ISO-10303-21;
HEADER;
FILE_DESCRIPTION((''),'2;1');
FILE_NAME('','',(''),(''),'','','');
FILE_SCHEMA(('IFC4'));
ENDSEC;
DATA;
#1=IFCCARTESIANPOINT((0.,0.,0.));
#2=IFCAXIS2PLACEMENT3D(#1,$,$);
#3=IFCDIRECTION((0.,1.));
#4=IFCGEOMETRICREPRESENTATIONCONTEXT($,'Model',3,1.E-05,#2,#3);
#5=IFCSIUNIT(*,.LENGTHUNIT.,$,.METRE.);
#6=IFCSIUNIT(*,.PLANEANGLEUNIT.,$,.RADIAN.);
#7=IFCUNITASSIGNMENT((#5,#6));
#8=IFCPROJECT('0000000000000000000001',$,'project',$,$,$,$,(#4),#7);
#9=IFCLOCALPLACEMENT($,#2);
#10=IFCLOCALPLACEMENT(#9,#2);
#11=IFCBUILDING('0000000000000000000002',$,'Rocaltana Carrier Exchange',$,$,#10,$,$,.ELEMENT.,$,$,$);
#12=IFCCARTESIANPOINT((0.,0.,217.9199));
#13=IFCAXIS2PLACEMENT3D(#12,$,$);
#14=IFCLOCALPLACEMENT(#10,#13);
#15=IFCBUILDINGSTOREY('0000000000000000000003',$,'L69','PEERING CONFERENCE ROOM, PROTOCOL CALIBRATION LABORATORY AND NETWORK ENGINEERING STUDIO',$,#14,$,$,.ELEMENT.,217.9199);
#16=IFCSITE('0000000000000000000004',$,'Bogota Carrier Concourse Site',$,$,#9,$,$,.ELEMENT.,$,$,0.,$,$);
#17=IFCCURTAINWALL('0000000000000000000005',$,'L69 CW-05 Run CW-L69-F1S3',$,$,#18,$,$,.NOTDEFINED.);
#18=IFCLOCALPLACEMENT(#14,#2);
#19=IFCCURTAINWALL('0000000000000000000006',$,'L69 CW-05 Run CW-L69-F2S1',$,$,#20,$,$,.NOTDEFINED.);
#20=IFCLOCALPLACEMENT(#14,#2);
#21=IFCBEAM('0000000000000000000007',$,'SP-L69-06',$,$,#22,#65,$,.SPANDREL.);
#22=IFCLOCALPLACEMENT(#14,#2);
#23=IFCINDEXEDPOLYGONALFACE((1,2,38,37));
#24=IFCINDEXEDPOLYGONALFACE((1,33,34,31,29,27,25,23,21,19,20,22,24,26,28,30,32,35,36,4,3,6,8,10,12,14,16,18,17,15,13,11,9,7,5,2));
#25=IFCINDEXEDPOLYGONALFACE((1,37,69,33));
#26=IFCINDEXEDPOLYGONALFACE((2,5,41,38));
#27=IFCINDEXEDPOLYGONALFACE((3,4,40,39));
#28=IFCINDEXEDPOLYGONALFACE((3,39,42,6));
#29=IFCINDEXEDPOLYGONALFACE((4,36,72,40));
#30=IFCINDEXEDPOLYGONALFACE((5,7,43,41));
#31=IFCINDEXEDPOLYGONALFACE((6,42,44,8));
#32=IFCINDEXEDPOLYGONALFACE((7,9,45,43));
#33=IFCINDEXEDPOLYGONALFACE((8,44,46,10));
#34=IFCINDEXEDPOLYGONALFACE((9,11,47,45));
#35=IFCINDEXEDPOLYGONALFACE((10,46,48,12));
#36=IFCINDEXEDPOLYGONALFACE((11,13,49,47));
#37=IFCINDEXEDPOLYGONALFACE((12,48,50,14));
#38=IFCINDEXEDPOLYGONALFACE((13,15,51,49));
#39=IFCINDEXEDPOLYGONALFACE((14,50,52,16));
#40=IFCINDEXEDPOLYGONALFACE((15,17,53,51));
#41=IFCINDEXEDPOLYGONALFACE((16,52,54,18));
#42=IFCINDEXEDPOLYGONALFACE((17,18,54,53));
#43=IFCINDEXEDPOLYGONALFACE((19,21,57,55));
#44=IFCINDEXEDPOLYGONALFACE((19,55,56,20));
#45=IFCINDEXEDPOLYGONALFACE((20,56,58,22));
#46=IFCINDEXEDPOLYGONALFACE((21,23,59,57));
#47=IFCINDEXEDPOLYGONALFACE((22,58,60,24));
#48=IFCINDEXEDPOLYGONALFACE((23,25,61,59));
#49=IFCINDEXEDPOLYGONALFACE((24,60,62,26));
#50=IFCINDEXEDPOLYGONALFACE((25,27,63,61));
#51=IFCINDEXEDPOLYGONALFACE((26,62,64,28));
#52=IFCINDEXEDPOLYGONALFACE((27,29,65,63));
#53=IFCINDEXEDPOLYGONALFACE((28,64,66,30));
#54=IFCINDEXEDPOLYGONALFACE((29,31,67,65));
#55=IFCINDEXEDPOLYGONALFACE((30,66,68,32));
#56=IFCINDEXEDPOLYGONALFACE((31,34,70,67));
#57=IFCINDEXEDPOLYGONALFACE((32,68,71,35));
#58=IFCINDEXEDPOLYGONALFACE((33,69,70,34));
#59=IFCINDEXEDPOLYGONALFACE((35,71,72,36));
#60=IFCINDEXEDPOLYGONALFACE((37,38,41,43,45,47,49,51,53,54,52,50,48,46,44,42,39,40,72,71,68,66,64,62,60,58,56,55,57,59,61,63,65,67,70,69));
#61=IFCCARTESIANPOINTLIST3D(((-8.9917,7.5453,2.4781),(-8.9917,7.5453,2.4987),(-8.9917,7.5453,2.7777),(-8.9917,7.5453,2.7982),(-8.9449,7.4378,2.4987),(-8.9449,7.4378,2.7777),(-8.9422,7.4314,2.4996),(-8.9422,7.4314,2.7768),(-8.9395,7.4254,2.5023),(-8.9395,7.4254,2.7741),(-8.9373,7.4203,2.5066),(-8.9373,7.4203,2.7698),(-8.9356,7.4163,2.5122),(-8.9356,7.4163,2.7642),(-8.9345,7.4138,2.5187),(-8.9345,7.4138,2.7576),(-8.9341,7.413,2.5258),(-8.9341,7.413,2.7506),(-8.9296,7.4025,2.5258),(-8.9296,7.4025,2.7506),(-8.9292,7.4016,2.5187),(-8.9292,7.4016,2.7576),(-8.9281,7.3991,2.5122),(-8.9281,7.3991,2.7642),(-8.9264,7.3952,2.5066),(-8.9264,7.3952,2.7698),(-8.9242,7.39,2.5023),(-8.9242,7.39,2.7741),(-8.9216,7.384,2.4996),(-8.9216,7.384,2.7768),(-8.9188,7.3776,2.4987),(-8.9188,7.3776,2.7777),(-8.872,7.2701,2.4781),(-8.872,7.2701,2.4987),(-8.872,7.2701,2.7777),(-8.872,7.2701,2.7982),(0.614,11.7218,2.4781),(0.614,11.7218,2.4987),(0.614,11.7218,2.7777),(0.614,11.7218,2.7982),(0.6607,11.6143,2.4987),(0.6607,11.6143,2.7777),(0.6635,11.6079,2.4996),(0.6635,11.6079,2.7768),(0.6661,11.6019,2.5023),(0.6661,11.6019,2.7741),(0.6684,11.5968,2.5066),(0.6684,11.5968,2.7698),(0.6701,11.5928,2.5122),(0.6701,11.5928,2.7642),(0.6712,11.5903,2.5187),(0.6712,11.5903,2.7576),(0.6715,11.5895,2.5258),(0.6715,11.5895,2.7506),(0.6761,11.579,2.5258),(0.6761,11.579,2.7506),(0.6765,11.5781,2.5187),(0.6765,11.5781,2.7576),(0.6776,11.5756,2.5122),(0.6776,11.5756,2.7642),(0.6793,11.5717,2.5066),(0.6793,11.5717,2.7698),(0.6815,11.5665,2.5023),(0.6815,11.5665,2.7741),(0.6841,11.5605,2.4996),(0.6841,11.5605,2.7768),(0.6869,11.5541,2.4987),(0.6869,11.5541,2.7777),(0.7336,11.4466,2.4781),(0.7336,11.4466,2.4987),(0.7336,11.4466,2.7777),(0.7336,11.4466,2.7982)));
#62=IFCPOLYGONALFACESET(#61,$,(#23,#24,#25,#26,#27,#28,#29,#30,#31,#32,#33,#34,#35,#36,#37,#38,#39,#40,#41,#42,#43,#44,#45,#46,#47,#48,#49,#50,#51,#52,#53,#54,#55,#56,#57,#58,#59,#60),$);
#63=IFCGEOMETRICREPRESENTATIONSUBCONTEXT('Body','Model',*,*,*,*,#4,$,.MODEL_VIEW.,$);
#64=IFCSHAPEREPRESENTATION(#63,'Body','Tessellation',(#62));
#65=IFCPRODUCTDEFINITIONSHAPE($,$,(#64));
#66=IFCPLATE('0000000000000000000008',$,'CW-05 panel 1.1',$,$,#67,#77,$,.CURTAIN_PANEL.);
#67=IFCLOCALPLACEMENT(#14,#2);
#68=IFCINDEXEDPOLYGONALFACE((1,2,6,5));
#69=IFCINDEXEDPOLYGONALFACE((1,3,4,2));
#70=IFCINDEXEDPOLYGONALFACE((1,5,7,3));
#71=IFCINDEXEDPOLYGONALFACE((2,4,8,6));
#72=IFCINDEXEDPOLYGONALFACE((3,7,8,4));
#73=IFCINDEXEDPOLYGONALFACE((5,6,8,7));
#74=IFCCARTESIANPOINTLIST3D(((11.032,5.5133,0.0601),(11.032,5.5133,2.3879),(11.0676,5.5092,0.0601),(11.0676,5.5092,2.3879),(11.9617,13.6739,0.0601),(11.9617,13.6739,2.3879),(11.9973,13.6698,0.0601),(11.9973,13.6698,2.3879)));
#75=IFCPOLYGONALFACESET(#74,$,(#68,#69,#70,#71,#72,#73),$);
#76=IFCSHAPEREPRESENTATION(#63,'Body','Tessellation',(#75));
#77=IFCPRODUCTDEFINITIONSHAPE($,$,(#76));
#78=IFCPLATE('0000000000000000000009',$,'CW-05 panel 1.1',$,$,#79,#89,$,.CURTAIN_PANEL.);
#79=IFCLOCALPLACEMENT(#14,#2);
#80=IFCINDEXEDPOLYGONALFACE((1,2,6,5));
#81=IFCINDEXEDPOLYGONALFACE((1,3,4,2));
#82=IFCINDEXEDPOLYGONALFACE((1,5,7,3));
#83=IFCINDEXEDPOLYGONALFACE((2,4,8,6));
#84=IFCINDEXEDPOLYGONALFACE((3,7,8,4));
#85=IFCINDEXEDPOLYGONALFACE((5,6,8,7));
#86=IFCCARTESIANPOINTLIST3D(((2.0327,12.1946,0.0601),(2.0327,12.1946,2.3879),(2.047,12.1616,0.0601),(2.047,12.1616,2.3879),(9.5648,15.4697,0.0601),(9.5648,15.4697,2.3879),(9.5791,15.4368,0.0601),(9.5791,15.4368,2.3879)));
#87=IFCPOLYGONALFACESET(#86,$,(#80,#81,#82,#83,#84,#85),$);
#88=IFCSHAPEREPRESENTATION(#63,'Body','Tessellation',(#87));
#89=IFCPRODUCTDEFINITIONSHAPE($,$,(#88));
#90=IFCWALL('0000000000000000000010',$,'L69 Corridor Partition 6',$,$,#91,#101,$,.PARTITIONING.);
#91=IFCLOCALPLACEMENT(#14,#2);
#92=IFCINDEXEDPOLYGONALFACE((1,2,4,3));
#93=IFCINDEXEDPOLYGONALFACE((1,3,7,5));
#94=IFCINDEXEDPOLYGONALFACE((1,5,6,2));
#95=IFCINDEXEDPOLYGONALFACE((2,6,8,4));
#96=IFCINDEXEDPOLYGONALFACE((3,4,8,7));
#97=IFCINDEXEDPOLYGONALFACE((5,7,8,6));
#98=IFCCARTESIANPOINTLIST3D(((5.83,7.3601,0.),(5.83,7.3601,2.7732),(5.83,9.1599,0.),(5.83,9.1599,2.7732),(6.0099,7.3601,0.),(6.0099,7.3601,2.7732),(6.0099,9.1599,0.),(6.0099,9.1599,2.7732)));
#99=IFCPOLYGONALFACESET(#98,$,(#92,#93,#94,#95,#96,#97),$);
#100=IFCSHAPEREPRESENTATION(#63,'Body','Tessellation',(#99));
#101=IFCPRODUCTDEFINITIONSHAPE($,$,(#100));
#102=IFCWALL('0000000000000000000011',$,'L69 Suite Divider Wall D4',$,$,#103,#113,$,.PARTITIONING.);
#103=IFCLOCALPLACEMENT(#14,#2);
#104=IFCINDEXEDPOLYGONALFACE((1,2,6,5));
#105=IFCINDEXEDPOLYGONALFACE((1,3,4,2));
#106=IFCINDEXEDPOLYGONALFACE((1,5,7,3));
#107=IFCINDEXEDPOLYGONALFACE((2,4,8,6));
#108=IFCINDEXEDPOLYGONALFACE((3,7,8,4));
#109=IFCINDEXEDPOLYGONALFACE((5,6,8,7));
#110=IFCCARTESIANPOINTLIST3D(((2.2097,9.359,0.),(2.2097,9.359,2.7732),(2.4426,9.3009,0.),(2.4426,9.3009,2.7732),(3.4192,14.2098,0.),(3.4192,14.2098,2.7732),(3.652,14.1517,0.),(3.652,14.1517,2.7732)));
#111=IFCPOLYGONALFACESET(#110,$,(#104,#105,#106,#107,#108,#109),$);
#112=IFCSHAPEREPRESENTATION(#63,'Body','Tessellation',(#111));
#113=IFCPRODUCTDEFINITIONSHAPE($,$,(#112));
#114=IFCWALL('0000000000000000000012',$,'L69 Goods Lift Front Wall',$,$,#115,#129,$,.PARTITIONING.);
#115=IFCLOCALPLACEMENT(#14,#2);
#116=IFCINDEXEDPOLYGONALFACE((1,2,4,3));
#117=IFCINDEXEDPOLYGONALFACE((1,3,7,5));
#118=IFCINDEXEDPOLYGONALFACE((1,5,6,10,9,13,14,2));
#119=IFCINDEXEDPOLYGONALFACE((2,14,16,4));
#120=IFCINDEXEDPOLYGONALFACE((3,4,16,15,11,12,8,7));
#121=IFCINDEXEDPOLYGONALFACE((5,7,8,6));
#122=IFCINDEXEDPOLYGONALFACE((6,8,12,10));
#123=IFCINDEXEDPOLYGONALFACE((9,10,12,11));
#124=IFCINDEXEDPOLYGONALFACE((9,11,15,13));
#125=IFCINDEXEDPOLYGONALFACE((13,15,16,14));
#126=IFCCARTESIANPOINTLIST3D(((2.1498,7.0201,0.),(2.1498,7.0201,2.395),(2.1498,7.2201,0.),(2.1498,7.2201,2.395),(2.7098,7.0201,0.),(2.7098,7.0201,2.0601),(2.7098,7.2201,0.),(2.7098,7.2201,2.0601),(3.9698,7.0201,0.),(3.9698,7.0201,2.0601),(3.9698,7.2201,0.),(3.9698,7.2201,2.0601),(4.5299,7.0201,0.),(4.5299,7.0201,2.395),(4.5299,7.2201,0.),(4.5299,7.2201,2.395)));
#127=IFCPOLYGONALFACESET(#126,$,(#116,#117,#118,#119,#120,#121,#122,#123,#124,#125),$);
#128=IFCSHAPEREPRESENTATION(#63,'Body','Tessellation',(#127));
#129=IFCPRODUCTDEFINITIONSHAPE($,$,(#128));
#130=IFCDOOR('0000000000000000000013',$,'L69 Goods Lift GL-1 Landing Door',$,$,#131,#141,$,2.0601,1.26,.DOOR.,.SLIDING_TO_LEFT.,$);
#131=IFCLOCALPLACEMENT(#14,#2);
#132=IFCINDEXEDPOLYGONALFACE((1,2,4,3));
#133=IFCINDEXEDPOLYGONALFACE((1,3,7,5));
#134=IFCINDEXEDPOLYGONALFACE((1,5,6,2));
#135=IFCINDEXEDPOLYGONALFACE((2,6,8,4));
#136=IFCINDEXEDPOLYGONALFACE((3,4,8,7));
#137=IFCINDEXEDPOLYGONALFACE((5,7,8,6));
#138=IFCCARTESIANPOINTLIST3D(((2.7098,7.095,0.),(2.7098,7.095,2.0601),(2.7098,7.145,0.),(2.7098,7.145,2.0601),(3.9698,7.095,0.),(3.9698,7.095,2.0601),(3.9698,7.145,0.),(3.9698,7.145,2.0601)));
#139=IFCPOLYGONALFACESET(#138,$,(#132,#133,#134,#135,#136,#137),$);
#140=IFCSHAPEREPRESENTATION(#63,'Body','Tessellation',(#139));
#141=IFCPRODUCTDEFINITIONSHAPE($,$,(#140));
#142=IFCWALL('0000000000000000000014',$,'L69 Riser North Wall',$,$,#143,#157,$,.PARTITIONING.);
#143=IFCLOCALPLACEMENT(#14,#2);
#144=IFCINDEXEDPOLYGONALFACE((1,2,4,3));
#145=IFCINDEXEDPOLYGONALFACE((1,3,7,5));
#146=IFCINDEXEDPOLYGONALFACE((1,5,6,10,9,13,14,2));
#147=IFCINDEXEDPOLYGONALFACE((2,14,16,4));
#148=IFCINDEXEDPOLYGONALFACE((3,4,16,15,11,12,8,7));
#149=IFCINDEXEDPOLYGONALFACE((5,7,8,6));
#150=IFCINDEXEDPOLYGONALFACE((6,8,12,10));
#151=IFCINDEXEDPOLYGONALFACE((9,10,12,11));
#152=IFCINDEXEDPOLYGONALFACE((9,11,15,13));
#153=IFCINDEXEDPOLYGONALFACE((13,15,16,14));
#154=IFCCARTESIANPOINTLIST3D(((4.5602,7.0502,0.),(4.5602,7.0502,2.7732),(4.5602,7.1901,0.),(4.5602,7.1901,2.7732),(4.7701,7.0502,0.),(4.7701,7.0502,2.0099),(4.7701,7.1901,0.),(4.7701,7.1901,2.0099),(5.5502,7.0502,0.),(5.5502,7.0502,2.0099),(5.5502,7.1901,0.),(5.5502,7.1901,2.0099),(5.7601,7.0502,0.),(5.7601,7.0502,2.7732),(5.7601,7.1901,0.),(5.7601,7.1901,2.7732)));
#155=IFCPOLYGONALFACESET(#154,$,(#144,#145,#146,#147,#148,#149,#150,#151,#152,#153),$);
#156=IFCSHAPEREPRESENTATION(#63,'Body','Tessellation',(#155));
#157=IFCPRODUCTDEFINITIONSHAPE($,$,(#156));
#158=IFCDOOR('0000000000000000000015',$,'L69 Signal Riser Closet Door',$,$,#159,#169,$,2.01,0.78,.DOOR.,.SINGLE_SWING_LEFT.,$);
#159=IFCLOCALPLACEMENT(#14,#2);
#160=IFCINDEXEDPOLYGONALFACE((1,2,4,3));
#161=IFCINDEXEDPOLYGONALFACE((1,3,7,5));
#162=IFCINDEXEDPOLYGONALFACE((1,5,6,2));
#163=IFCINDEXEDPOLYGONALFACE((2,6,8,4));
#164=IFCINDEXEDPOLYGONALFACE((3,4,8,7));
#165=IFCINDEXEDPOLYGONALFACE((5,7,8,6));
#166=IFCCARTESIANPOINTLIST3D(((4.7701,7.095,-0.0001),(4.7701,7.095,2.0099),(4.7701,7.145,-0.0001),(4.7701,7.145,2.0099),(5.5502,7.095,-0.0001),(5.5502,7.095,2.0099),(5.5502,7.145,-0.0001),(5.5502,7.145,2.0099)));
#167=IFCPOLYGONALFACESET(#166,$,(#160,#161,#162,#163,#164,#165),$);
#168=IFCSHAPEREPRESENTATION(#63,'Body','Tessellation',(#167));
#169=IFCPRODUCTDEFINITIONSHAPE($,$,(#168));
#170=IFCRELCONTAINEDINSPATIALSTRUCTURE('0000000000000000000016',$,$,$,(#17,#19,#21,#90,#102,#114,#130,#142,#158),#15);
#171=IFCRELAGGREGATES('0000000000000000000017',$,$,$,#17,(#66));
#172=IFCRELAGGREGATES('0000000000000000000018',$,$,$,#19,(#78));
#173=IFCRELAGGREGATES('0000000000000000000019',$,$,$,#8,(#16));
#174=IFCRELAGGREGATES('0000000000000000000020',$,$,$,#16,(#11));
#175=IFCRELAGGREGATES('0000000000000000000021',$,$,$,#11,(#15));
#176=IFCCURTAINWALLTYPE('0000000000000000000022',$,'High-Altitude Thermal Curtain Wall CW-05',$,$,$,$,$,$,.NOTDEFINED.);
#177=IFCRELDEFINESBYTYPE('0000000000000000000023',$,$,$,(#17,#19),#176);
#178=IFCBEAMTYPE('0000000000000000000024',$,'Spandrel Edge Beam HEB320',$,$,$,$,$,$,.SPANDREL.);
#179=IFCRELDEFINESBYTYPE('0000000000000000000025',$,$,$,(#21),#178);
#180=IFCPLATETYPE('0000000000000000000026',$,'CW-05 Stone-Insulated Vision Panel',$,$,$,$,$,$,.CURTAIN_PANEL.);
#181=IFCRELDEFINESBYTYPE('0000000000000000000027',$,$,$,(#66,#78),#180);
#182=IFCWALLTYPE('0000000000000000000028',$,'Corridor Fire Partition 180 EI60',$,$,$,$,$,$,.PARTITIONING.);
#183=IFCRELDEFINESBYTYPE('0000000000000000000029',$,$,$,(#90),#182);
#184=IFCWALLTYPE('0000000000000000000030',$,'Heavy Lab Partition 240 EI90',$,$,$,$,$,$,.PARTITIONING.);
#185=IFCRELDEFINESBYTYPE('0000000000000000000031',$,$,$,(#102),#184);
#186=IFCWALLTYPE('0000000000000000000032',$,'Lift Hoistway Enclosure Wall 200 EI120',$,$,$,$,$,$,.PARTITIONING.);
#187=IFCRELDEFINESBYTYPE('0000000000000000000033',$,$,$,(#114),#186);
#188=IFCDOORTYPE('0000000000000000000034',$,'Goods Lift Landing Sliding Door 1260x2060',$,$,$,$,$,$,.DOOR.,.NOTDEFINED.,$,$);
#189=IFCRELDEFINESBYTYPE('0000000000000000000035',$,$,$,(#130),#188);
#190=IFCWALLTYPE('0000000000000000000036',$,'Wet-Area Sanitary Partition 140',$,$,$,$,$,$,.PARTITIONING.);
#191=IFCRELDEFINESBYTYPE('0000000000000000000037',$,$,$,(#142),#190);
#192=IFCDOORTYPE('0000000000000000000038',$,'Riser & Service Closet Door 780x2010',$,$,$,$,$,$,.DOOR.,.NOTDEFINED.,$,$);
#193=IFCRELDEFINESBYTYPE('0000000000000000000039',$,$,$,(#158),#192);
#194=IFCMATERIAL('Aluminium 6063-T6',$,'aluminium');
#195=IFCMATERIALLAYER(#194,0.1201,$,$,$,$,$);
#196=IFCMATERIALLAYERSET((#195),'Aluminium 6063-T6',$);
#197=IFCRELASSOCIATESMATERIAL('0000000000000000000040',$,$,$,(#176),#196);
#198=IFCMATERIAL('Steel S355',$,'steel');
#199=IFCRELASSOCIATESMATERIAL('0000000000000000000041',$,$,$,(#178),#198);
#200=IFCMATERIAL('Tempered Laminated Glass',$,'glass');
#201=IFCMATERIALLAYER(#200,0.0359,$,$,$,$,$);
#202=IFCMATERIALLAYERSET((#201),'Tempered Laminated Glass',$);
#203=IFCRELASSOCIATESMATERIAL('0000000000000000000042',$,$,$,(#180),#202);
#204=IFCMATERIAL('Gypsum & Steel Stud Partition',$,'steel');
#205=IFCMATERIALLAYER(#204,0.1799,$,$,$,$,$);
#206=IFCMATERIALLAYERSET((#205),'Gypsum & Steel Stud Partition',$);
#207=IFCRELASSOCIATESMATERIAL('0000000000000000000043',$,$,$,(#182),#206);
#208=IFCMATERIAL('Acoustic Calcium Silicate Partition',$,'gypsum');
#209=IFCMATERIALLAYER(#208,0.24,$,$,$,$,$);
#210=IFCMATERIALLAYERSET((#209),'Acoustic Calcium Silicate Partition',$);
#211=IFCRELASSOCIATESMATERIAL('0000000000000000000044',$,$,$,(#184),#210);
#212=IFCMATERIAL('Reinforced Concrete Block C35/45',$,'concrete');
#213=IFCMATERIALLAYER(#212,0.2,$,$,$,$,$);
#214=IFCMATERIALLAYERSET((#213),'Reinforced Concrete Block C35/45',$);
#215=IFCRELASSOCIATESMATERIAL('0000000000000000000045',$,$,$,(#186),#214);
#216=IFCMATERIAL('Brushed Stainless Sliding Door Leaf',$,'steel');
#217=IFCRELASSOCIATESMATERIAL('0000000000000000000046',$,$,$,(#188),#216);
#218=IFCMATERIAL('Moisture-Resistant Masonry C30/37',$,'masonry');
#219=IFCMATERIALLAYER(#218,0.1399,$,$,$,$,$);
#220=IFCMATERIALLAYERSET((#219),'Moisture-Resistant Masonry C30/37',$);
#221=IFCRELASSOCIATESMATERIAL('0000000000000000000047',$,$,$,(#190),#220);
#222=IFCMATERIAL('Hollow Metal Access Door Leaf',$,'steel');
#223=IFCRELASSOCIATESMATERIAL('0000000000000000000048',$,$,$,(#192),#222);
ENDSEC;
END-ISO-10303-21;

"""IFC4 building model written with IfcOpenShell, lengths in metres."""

from ifc_helpers import new_model, si_unit, direction, frame, frame_2d, origin, origin_2d, place, context, subcontext, project, spatial, rectangle, i_section, extrude, material, layer, layer_set, material_profile, profile_set, type_object, element, fill, aggregate, save


model = new_model("IFC4")

# Units and contexts
model_context = context("Model", 3, precision=1e-05, world=origin(), true_north=direction((0.0, 1.0)))
body_context = subcontext(model_context, "Body", "Model", "MODEL_VIEW")
ifc_project = project(units=[si_unit("LENGTHUNIT", "METRE"), si_unit("PLANEANGLEUNIT", "RADIAN")], contexts=[model_context])

# Site, building, storey
site_placement = place(None, origin())
site = spatial("IfcSite", under=ifc_project, at=site_placement, Name="Bogota Carrier Concourse Site", CompositionType="ELEMENT", RefElevation=0.0)
building_placement = place(site_placement, origin())
building = spatial("IfcBuilding", under=site, at=building_placement, Name="Rocaltana Carrier Exchange", CompositionType="ELEMENT")
storey_placement = place(building_placement, frame((0.0, 0.0, 217.9199)))
storey = spatial("IfcBuildingStorey", under=building, at=storey_placement, Name="L69", Description="PEERING CONFERENCE ROOM, PROTOCOL CALIBRATION LABORATORY AND NETWORK ENGINEERING STUDIO", CompositionType="ELEMENT", Elevation=217.9199)

# Curtain wall
ifc_material_1 = material(Name="Aluminium 6063-T6", Category="aluminium")
ifc_layer_1 = layer(ifc_material_1, 0.1201)
ifc_layer_set_1 = layer_set([ifc_layer_1], Name="Aluminium 6063-T6")
curtain_wall_type = type_object("IfcCurtainWallType", Name="High-Altitude Thermal Curtain Wall CW-05", PredefinedType="NOTDEFINED", material=ifc_layer_set_1)
curtain_wall_1_placement = place(storey_placement, origin())
curtain_wall_1 = element("IfcCurtainWall", 1, at=curtain_wall_1_placement, inside=storey, type_object=curtain_wall_type, Name="L69 CW-05 Run CW-L69-F1S3", PredefinedType="NOTDEFINED")

# Curtain wall
curtain_wall_2_placement = place(storey_placement, origin())
curtain_wall_2 = element("IfcCurtainWall", 2, at=curtain_wall_2_placement, inside=storey, type_object=curtain_wall_type, Name="L69 CW-05 Run CW-L69-F2S1", PredefinedType="NOTDEFINED")

# Beam
ifc_material_2 = material(Name="Steel S355", Category="steel")
ifc_material_profile_1 = material_profile(ifc_material_2, i_section(OverallWidth=0.3, OverallDepth=0.3201, WebThickness=0.0115, FlangeThickness=0.0205, FilletRadius=0.0271, at=origin_2d()), Name="HEB320")
ifc_profile_set_1 = profile_set([ifc_material_profile_1], Name="Steel S355")
beam_type_1 = type_object("IfcBeamType", Name="Spandrel Edge Beam HEB320", PredefinedType="SPANDREL", material=ifc_profile_set_1)
for number, where, z_axis, x_axis, name in (
    (3, (0.6738, 11.5842, 2.6382), (-0.917066, -0.398735, 0.0), (0.398735, -0.917066, 0.0), "SP-L69-06"),
):
    element("IfcBeam", number, at=place(storey_placement, frame(where, z_axis=z_axis, x_axis=x_axis)), inside=storey, type_object=beam_type_1, Name=name, PredefinedType="SPANDREL", context=body_context, shape_type="SweptSolid", body=[
        extrude(i_section(OverallWidth=0.3, OverallDepth=0.3201, WebThickness=0.0115, FlangeThickness=0.0205, FilletRadius=0.0271, at=origin_2d()), origin(), (0.0, 0.0, 1.0), 10.4744),
    ])

# Plates
ifc_material_3 = material(Name="Tempered Laminated Glass", Category="glass")
ifc_layer_2 = layer(ifc_material_3, 0.0359)
ifc_layer_set_2 = layer_set([ifc_layer_2], Name="Tempered Laminated Glass")
plate_type = type_object("IfcPlateType", Name="CW-05 Stone-Insulated Vision Panel", PredefinedType="CURTAIN_PANEL", material=ifc_layer_set_2)
plate_1_placement = place(storey_placement, frame((11.5146, 9.5916, 0.0601), z_axis=(0.0, 0.0, 1.0), x_axis=(0.113197, 0.993573, 0.0)))
plate_1 = element("IfcPlate", 4, at=plate_1_placement, type_object=plate_type, Name="CW-05 panel 1.1", PredefinedType="CURTAIN_PANEL", context=body_context, shape_type="SweptSolid", body=[
    extrude(rectangle(XDim=8.2134, YDim=0.0359, at=origin_2d()), origin(), (0.0, 0.0, 1.0), 2.3279),
])
aggregate(curtain_wall_1, [plate_1])
plate_2_placement = place(storey_placement, frame((5.8059, 13.8157, 0.0601), z_axis=(0.0, 0.0, 1.0), x_axis=(-0.917057, -0.398757, 0.0)))
plate_2 = element("IfcPlate", 5, at=plate_2_placement, type_object=plate_type, Name="CW-05 panel 1.1", PredefinedType="CURTAIN_PANEL", context=body_context, shape_type="SweptSolid", body=[
    extrude(rectangle(XDim=8.2134, YDim=0.0359, at=origin_2d()), origin(), (0.0, 0.0, 1.0), 2.3279),
])
aggregate(curtain_wall_2, [plate_2])

# Walls
ifc_material_4 = material(Name="Gypsum & Steel Stud Partition", Category="steel")
ifc_layer_3 = layer(ifc_material_4, 0.1799)
ifc_layer_set_3 = layer_set([ifc_layer_3], Name="Gypsum & Steel Stud Partition")
wall_type_1 = type_object("IfcWallType", Name="Corridor Fire Partition 180 EI60", PredefinedType="PARTITIONING", material=ifc_layer_set_3)
wall_1_placement = place(storey_placement, frame((5.9199, 9.1599, 0.0), z_axis=(0.0, 0.0, 1.0), x_axis=(0.0, -1.0, 0.0)))
element("IfcWall", 6, at=wall_1_placement, inside=storey, type_object=wall_type_1, Name="L69 Corridor Partition 6", PredefinedType="PARTITIONING", context=body_context, shape_type="SweptSolid", body=[
    extrude(rectangle(XDim=1.7998, YDim=0.1799, at=frame_2d((0.8999, 0.0))), origin(), (0.0, 0.0, 1.0), 2.7732),
])
ifc_material_5 = material(Name="Acoustic Calcium Silicate Partition", Category="gypsum")
ifc_layer_4 = layer(ifc_material_5, 0.24)
ifc_layer_set_4 = layer_set([ifc_layer_4], Name="Acoustic Calcium Silicate Partition")
wall_type_2 = type_object("IfcWallType", Name="Heavy Lab Partition 240 EI90", PredefinedType="PARTITIONING", material=ifc_layer_set_4)
wall_2_placement = place(storey_placement, frame((2.3262, 9.3301, 0.0), z_axis=(0.0, 0.0, 1.0), x_axis=(0.241927, 0.970295, 0.0)))
element("IfcWall", 7, at=wall_2_placement, inside=storey, type_object=wall_type_2, Name="L69 Suite Divider Wall D4", PredefinedType="PARTITIONING", context=body_context, shape_type="SweptSolid", body=[
    extrude(rectangle(XDim=4.9993, YDim=0.24, at=frame_2d((2.4995, 0.0))), origin(), (0.0, 0.0, 1.0), 2.7732),
])

# Walls, openings, doors
ifc_material_6 = material(Name="Reinforced Concrete Block C35/45", Category="concrete")
ifc_layer_5 = layer(ifc_material_6, 0.2)
ifc_layer_set_5 = layer_set([ifc_layer_5], Name="Reinforced Concrete Block C35/45")
wall_type_3 = type_object("IfcWallType", Name="Lift Hoistway Enclosure Wall 200 EI120", PredefinedType="PARTITIONING", material=ifc_layer_set_5)
wall_3_placement = place(storey_placement, frame((2.1499, 7.1201, 0.0), z_axis=(0.0, 0.0, 1.0), x_axis=(1.0, 0.0, 0.0)))
wall_3 = element("IfcWall", 8, at=wall_3_placement, inside=storey, type_object=wall_type_3, Name="L69 Goods Lift Front Wall", PredefinedType="PARTITIONING", context=body_context, shape_type="SweptSolid", body=[
    extrude(rectangle(XDim=2.3801, YDim=0.2, at=frame_2d((1.1899, 0.0))), origin(), (0.0, 0.0, 1.0), 2.395),
])
opening_1_placement = place(wall_3_placement, frame((0.5601, 0.0, 0.0)))
opening_1 = element("IfcOpeningElement", 9, at=opening_1_placement, cuts=wall_3, PredefinedType="OPENING", context=body_context, shape_type="SweptSolid", body=[
    extrude(rectangle(XDim=1.26, YDim=2.0601, at=frame_2d((0.6299, 1.03))), frame((0.0, 0.1099, 0.0), z_axis=(0.0, -1.0, 0.0), x_axis=(1.0, 0.0, 0.0)), (0.0, 0.0, 1.0), 0.22),
])
ifc_material_7 = material(Name="Brushed Stainless Sliding Door Leaf", Category="steel")
door_type_1 = type_object("IfcDoorType", Name="Goods Lift Landing Sliding Door 1260x2060", OperationType="NOTDEFINED", PredefinedType="DOOR", material=ifc_material_7)
door_1_placement = place(opening_1_placement, origin())
door_1 = element("IfcDoor", 10, at=door_1_placement, inside=storey, type_object=door_type_1, Name="L69 Goods Lift GL-1 Landing Door", OperationType="SLIDING_TO_LEFT", OverallHeight=2.0601, OverallWidth=1.26, PredefinedType="DOOR", context=body_context, shape_type="SweptSolid", body=[
    extrude(rectangle(XDim=1.26, YDim=2.0601, at=frame_2d((0.6299, 1.03))), frame((0.0, 0.0249, 0.0), z_axis=(0.0, -1.0, 0.0), x_axis=(1.0, 0.0, 0.0)), (0.0, 0.0, 1.0), 0.05),
])
fill(opening_1, door_1)
ifc_material_8 = material(Name="Moisture-Resistant Masonry C30/37", Category="masonry")
ifc_layer_6 = layer(ifc_material_8, 0.1399)
ifc_layer_set_6 = layer_set([ifc_layer_6], Name="Moisture-Resistant Masonry C30/37")
wall_type_4 = type_object("IfcWallType", Name="Wet-Area Sanitary Partition 140", PredefinedType="PARTITIONING", material=ifc_layer_set_6)
wall_4_placement = place(storey_placement, frame((4.5601, 7.1201, 0.0), z_axis=(0.0, 0.0, 1.0), x_axis=(1.0, 0.0, 0.0)))
wall_4 = element("IfcWall", 11, at=wall_4_placement, inside=storey, type_object=wall_type_4, Name="L69 Riser North Wall", PredefinedType="PARTITIONING", context=body_context, shape_type="SweptSolid", body=[
    extrude(rectangle(XDim=1.2, YDim=0.1399, at=frame_2d((0.6001, 0.0))), origin(), (0.0, 0.0, 1.0), 2.7732),
])
opening_2_placement = place(wall_4_placement, frame((0.21, 0.0, 0.0)))
opening_2 = element("IfcOpeningElement", 12, at=opening_2_placement, cuts=wall_4, PredefinedType="OPENING", context=body_context, shape_type="SweptSolid", body=[
    extrude(rectangle(XDim=0.78, YDim=2.01, at=frame_2d((0.3901, 1.0049))), frame((0.0, 0.0798, 0.0), z_axis=(0.0, -1.0, 0.0), x_axis=(1.0, 0.0, 0.0)), (0.0, 0.0, 1.0), 0.1599),
])
ifc_material_9 = material(Name="Hollow Metal Access Door Leaf", Category="steel")
door_type_2 = type_object("IfcDoorType", Name="Riser & Service Closet Door 780x2010", OperationType="NOTDEFINED", PredefinedType="DOOR", material=ifc_material_9)
door_2_placement = place(opening_2_placement, origin())
door_2 = element("IfcDoor", 13, at=door_2_placement, inside=storey, type_object=door_type_2, Name="L69 Signal Riser Closet Door", OperationType="SINGLE_SWING_LEFT", OverallHeight=2.01, OverallWidth=0.78, PredefinedType="DOOR", context=body_context, shape_type="SweptSolid", body=[
    extrude(rectangle(XDim=0.78, YDim=2.01, at=frame_2d((0.3901, 1.0049))), frame((0.0, 0.0249, 0.0), z_axis=(0.0, -1.0, 0.0), x_axis=(1.0, 0.0, 0.0)), (0.0, 0.0, 1.0), 0.05),
])
fill(opening_2, door_2)

save(model, "model.ifc")
